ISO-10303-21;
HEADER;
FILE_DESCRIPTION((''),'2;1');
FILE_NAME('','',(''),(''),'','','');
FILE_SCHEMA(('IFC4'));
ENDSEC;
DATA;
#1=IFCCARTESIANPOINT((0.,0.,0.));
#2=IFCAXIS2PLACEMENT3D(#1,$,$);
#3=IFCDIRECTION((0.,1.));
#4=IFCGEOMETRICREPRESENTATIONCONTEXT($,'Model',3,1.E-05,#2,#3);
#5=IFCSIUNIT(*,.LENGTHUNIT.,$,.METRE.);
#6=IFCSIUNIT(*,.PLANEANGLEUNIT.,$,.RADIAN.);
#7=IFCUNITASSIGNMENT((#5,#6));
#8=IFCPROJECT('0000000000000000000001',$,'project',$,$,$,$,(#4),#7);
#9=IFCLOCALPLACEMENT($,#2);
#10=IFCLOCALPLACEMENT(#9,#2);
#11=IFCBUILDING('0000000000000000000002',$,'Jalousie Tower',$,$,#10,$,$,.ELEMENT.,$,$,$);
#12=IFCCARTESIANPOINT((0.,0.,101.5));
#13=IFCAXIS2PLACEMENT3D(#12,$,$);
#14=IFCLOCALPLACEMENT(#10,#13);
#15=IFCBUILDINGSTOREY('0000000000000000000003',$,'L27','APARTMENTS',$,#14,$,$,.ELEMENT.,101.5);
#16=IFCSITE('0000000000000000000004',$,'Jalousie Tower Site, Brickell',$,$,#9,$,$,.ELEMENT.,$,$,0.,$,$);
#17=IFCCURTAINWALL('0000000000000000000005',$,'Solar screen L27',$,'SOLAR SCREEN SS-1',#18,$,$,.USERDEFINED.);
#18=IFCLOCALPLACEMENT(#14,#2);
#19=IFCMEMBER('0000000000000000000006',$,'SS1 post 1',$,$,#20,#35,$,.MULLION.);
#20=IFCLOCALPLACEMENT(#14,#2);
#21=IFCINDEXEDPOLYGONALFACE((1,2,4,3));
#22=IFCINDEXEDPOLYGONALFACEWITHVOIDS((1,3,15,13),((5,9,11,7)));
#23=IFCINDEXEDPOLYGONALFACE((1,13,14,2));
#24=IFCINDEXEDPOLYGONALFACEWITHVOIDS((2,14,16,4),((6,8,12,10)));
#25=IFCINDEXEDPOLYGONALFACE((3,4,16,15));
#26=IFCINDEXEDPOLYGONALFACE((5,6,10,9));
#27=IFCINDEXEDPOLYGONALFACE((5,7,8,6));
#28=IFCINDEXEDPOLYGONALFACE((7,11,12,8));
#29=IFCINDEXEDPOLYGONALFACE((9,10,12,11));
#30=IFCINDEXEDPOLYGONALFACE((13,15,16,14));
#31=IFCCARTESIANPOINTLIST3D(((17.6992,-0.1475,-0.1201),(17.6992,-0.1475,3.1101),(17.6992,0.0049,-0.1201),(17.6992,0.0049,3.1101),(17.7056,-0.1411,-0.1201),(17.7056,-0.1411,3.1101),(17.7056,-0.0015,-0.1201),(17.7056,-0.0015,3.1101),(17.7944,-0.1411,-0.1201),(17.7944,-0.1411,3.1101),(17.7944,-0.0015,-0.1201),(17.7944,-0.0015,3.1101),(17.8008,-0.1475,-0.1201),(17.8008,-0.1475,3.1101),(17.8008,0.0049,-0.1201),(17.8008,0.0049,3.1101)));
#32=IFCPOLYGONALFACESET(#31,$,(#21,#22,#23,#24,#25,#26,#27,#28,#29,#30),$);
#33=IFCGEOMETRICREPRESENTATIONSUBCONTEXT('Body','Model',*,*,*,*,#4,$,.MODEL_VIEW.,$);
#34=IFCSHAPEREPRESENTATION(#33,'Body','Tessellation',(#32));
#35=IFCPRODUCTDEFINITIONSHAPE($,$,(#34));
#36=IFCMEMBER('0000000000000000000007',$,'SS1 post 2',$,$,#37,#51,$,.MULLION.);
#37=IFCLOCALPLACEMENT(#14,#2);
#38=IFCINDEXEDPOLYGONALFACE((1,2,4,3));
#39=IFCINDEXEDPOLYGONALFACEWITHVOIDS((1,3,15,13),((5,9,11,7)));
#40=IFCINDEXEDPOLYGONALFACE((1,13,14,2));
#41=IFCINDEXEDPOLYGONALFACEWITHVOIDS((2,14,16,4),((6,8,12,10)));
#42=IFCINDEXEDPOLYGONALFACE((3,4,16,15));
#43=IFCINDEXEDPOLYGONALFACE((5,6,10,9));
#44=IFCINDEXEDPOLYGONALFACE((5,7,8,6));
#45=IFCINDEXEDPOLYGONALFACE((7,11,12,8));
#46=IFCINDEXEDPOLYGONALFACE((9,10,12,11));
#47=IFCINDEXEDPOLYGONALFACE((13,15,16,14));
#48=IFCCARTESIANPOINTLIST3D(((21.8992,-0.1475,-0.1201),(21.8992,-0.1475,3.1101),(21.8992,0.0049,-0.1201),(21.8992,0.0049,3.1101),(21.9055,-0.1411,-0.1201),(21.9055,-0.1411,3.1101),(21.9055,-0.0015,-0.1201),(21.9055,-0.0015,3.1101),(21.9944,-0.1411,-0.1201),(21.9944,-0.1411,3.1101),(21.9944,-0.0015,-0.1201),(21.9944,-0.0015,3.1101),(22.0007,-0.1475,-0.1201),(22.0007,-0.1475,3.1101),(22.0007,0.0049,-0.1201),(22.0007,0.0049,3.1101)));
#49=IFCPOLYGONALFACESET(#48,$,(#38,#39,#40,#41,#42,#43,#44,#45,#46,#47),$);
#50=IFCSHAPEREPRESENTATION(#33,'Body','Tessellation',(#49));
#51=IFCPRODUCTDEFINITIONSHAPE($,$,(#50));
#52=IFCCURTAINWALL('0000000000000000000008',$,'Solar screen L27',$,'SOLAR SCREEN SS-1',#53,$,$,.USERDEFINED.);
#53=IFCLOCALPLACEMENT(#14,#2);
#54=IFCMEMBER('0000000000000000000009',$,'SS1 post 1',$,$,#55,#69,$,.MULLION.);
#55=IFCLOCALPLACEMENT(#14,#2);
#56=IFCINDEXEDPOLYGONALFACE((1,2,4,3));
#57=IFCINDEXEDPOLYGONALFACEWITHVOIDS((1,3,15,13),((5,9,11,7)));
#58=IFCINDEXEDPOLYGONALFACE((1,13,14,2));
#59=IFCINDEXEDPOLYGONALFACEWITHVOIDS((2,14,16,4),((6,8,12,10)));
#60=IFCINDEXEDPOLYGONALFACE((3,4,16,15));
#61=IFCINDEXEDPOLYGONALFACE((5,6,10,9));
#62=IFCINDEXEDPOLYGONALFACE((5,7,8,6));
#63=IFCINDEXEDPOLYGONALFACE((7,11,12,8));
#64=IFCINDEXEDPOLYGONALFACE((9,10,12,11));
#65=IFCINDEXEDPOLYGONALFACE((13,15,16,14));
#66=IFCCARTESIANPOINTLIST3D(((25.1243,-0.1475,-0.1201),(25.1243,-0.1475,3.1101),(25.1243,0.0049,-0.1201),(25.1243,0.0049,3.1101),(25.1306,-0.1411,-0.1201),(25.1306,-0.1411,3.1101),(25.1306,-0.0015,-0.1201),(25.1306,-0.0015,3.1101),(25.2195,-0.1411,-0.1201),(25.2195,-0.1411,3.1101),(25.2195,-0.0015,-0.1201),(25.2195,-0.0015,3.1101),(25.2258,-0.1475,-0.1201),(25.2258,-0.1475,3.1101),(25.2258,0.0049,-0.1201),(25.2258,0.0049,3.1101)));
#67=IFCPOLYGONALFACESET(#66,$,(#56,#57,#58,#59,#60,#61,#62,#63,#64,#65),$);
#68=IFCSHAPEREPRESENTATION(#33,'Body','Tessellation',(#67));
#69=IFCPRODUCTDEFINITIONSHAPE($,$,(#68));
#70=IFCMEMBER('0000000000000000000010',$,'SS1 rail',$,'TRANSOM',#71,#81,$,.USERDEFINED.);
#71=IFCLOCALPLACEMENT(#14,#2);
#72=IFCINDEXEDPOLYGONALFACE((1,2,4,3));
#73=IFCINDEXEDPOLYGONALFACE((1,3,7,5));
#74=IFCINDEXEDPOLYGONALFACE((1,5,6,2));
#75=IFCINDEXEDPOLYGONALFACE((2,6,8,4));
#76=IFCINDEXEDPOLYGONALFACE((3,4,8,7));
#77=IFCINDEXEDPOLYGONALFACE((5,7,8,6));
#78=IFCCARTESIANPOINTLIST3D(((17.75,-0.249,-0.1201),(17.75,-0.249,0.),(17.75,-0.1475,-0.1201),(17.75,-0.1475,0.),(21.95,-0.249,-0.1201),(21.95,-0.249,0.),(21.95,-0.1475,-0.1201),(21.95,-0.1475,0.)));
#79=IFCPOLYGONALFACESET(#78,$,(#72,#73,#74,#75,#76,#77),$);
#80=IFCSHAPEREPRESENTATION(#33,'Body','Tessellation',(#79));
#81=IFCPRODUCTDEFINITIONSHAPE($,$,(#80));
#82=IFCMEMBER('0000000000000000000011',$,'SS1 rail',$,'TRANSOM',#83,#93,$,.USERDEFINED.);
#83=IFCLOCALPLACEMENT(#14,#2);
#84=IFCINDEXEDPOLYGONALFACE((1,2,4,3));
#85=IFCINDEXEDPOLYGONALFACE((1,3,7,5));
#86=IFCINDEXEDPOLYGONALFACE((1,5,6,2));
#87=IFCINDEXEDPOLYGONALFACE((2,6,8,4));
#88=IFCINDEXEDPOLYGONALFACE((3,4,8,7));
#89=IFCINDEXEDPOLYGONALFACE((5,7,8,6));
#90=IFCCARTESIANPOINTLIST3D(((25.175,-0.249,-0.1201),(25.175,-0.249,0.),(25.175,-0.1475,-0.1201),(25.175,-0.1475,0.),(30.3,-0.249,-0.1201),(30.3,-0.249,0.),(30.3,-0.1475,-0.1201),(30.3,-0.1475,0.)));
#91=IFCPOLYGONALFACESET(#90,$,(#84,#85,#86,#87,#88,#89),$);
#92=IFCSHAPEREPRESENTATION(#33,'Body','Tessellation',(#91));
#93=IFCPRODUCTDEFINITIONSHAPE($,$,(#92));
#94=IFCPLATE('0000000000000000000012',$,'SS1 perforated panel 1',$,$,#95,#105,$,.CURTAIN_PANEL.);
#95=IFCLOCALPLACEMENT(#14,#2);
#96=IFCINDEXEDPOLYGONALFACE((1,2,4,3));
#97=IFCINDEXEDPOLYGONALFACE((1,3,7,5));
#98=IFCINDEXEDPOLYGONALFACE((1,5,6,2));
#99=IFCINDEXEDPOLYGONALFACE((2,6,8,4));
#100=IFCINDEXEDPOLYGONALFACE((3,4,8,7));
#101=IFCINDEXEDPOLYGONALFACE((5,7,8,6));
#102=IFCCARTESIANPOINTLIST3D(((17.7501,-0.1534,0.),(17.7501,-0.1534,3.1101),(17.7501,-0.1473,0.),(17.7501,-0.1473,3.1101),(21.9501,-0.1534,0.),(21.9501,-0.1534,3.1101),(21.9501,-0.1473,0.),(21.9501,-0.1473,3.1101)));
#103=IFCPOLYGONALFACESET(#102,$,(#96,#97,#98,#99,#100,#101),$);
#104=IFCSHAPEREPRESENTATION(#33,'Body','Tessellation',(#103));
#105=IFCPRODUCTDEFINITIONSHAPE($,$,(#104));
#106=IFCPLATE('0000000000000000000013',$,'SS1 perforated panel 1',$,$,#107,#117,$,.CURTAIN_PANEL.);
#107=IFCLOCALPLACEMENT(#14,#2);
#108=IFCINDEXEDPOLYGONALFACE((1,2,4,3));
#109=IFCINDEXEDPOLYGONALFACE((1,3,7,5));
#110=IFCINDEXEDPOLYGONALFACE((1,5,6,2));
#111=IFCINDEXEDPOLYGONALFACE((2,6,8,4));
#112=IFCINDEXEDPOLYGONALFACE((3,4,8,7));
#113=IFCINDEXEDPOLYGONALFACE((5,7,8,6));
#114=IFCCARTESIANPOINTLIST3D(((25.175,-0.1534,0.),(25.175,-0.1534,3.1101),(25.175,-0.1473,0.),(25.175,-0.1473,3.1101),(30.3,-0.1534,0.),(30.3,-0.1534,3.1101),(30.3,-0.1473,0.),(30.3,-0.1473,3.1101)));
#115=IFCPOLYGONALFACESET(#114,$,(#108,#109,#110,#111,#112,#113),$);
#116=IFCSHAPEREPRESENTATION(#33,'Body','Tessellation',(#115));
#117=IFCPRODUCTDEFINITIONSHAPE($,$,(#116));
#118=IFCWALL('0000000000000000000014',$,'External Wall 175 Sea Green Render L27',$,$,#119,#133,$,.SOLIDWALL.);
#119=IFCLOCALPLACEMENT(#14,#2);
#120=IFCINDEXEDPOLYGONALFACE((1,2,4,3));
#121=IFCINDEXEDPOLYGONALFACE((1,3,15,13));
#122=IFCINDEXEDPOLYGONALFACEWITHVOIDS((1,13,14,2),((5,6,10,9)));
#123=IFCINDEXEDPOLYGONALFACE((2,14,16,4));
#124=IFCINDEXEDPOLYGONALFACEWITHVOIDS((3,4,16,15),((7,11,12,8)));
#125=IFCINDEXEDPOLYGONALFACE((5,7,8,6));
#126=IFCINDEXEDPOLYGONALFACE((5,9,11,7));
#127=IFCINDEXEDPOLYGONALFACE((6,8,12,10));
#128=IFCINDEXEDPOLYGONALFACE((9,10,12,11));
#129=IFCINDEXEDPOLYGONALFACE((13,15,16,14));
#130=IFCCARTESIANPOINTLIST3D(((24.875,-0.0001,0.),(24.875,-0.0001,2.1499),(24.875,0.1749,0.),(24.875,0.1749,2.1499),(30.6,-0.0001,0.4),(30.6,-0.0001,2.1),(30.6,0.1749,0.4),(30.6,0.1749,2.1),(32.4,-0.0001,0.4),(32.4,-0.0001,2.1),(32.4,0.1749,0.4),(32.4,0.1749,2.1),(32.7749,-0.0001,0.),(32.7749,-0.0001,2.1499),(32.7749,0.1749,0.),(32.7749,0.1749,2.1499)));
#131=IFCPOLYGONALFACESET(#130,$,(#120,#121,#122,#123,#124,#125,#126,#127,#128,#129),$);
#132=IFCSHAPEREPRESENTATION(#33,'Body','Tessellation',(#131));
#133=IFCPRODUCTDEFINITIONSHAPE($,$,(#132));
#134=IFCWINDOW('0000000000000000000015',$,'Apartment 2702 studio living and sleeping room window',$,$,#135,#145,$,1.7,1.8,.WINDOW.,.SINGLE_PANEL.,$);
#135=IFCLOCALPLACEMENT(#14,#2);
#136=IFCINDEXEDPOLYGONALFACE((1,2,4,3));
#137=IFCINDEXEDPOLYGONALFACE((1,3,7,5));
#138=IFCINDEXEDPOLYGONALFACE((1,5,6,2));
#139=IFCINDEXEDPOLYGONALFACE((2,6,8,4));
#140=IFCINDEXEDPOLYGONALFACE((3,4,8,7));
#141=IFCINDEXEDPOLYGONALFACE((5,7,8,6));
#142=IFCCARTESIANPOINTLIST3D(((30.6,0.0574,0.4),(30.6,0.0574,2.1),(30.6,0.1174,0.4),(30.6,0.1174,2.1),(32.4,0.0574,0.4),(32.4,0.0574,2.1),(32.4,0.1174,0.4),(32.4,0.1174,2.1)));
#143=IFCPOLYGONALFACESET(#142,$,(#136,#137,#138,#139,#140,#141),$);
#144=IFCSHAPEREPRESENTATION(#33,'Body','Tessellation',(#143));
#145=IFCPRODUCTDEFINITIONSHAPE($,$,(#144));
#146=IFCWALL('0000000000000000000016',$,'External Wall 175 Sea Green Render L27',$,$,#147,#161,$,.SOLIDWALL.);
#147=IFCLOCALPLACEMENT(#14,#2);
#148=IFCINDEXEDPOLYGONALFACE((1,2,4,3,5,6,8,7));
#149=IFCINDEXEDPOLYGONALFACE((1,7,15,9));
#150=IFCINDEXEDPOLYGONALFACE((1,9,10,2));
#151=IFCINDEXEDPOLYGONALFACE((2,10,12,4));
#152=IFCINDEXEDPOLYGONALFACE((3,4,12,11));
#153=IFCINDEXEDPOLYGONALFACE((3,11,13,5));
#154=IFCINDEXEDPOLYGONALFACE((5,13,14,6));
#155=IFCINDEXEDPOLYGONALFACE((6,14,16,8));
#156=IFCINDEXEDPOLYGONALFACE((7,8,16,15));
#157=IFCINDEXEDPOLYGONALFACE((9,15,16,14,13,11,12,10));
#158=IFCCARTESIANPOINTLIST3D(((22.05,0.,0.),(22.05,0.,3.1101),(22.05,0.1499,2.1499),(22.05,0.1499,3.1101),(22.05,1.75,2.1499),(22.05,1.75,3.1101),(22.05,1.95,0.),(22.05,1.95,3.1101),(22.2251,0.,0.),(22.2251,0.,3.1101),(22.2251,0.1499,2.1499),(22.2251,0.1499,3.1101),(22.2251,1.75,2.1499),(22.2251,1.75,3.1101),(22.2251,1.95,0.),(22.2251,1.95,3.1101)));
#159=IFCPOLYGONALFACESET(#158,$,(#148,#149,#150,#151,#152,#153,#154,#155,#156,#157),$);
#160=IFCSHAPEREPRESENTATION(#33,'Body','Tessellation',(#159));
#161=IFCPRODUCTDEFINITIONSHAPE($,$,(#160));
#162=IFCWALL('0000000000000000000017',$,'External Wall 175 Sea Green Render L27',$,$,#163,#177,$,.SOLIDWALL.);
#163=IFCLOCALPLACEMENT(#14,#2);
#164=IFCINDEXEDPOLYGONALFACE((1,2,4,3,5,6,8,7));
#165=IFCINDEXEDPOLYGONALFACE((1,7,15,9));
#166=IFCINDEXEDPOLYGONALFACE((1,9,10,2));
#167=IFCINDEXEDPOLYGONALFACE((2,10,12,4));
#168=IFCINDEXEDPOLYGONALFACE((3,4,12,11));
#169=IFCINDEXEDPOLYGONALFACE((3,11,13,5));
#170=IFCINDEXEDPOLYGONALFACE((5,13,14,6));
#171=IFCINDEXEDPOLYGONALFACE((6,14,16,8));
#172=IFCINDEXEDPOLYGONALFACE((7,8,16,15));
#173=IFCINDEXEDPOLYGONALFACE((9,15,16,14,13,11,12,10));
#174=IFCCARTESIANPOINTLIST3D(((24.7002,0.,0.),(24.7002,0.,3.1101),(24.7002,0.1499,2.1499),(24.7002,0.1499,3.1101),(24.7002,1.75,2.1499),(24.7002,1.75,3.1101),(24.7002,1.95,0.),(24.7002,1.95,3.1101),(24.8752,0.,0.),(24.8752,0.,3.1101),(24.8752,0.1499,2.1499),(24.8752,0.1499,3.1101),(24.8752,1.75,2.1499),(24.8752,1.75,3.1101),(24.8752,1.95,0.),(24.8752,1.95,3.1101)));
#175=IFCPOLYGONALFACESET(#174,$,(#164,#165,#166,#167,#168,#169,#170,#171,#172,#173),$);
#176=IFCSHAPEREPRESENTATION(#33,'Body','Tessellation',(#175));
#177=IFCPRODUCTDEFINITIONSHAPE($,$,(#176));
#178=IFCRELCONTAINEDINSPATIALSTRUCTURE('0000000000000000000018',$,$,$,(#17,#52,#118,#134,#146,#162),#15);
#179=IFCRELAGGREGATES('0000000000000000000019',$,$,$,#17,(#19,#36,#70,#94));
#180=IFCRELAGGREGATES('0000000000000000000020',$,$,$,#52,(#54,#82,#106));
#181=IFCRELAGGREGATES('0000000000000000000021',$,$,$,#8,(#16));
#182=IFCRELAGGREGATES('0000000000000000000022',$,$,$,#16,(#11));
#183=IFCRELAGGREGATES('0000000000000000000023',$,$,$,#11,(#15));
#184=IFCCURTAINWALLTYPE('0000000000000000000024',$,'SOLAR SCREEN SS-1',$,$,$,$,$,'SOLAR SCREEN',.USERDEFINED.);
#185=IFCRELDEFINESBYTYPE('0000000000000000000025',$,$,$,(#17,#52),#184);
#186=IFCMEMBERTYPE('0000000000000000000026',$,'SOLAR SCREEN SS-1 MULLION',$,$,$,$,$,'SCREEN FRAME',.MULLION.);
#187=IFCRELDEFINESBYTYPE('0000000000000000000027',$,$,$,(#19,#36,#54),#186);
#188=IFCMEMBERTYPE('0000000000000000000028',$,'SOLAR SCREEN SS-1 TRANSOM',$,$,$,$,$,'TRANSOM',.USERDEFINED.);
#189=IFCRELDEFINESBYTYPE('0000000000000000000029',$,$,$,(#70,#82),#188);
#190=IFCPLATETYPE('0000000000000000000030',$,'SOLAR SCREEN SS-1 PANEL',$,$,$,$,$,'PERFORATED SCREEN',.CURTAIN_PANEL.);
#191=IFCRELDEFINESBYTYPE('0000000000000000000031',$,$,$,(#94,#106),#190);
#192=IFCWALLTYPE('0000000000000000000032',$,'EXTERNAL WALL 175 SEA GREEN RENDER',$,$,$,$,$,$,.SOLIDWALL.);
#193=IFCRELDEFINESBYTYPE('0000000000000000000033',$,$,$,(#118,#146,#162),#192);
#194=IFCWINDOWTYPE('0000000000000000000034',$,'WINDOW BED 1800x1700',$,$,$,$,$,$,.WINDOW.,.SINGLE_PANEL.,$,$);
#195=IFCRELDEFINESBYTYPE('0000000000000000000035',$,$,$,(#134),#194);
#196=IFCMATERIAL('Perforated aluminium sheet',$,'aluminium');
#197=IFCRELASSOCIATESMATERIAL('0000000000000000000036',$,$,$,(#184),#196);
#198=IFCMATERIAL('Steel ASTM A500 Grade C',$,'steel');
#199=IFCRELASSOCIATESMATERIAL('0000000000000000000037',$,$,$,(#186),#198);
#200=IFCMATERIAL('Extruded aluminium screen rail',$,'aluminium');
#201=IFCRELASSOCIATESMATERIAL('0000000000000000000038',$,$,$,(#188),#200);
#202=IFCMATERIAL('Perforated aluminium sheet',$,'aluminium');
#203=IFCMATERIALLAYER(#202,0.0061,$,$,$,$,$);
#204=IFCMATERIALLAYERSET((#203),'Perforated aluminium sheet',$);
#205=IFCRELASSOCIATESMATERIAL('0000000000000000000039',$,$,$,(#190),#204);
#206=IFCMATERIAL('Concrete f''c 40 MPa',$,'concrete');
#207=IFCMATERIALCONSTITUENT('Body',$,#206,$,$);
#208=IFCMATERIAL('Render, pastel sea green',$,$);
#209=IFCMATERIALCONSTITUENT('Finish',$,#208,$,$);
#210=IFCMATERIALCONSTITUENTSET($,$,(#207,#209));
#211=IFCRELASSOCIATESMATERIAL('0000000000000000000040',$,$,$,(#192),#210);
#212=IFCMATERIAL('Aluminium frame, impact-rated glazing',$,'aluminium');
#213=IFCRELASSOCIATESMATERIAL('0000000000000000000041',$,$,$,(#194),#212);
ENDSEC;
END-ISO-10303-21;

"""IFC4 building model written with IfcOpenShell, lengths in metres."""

from ifc_helpers import new_model, si_unit, direction, frame, frame_2d, origin, origin_2d, place, context, subcontext, project, spatial, polyline, rectangle, hollow_rectangle, outline, extrude, material, layer, layer_set, constituent, constituent_set, material_profile, profile_set, type_object, element, fill, aggregate, save


model = new_model("IFC4")

# Units and contexts
model_context = context("Model", 3, precision=1e-05, world=origin(), true_north=direction((0.0, 1.0)))
body_context = subcontext(model_context, "Body", "Model", "MODEL_VIEW")
ifc_project = project(units=[si_unit("LENGTHUNIT", "METRE"), si_unit("PLANEANGLEUNIT", "RADIAN")], contexts=[model_context])

# Site, building, storey
site_placement = place(None, origin())
site = spatial("IfcSite", under=ifc_project, at=site_placement, Name="Jalousie Tower Site, Brickell", CompositionType="ELEMENT", RefElevation=0.0)
building_placement = place(site_placement, origin())
building = spatial("IfcBuilding", under=site, at=building_placement, Name="Jalousie Tower", CompositionType="ELEMENT")
storey_placement = place(building_placement, frame((0.0, 0.0, 101.5)))
storey = spatial("IfcBuildingStorey", under=building, at=storey_placement, Name="L27", Description="APARTMENTS", CompositionType="ELEMENT", Elevation=101.5)

# Shared definitions
ifc_material_1 = material(Name="Perforated aluminium sheet", Category="aluminium")
curtain_wall_type = type_object("IfcCurtainWallType", Name="SOLAR SCREEN SS-1", ElementType="SOLAR SCREEN", PredefinedType="USERDEFINED", material=ifc_material_1)
ifc_material_2 = material(Name="Steel ASTM A500 Grade C", Category="steel")
ifc_material_profile_1 = material_profile(ifc_material_2, hollow_rectangle(XDim=0.1016, YDim=0.1523, WallThickness=0.0063, at=origin_2d()), Name="HSS6X4X1/4")
ifc_profile_set_1 = profile_set([ifc_material_profile_1], Name="Steel ASTM A500 Grade C")
member_type_1 = type_object("IfcMemberType", Name="SOLAR SCREEN SS-1 MULLION", ElementType="SCREEN FRAME", PredefinedType="MULLION", material=ifc_profile_set_1)

# Curtain wall, members
curtain_wall_1_placement = place(storey_placement, origin())
curtain_wall_1 = element("IfcCurtainWall", 1, at=curtain_wall_1_placement, inside=storey, type_object=curtain_wall_type, Name="Solar screen L27", ObjectType="SOLAR SCREEN SS-1", PredefinedType="USERDEFINED")
member_1_placement = place(storey_placement, frame((17.75, -0.0713, -0.1201), z_axis=(0.0, 0.0, 1.0), x_axis=(1.0, 0.0, 0.0)))
member_1 = element("IfcMember", 2, at=member_1_placement, type_object=member_type_1, Name="SS1 post 1", PredefinedType="MULLION", context=body_context, shape_type="SweptSolid", body=[
    extrude(hollow_rectangle(XDim=0.1016, YDim=0.1523, WallThickness=0.0063, at=origin_2d()), origin(), (0.0, 0.0, 1.0), 3.2302),
])
member_2_placement = place(storey_placement, frame((21.95, -0.0713, -0.1201), z_axis=(0.0, 0.0, 1.0), x_axis=(1.0, 0.0, 0.0)))
member_2 = element("IfcMember", 3, at=member_2_placement, type_object=member_type_1, Name="SS1 post 2", PredefinedType="MULLION", context=body_context, shape_type="SweptSolid", body=[
    extrude(hollow_rectangle(XDim=0.1016, YDim=0.1523, WallThickness=0.0063, at=origin_2d()), origin(), (0.0, 0.0, 1.0), 3.2302),
])

# Curtain wall, member
curtain_wall_2_placement = place(storey_placement, origin())
curtain_wall_2 = element("IfcCurtainWall", 4, at=curtain_wall_2_placement, inside=storey, type_object=curtain_wall_type, Name="Solar screen L27", ObjectType="SOLAR SCREEN SS-1", PredefinedType="USERDEFINED")
member_3_placement = place(storey_placement, frame((25.175, -0.0713, -0.1201), z_axis=(0.0, 0.0, 1.0), x_axis=(1.0, 0.0, 0.0)))
member_3 = element("IfcMember", 5, at=member_3_placement, type_object=member_type_1, Name="SS1 post 1", PredefinedType="MULLION", context=body_context, shape_type="SweptSolid", body=[
    extrude(hollow_rectangle(XDim=0.1016, YDim=0.1523, WallThickness=0.0063, at=origin_2d()), origin(), (0.0, 0.0, 1.0), 3.2302),
])

# Members
ifc_material_3 = material(Name="Extruded aluminium screen rail", Category="aluminium")
ifc_material_profile_2 = material_profile(ifc_material_3, rectangle(XDim=0.1016, YDim=0.1201, at=origin_2d()), Name="RAIL 102x120")
ifc_profile_set_2 = profile_set([ifc_material_profile_2], Name="Extruded aluminium screen rail")
member_type_2 = type_object("IfcMemberType", Name="SOLAR SCREEN SS-1 TRANSOM", ElementType="TRANSOM", PredefinedType="USERDEFINED", material=ifc_profile_set_2)
member_4_placement = place(storey_placement, frame((17.75, -0.1982, -0.0601), z_axis=(1.0, 0.0, 0.0), x_axis=(0.0, 1.0, 0.0)))
member_4 = element("IfcMember", 6, at=member_4_placement, type_object=member_type_2, Name="SS1 rail", ObjectType="TRANSOM", PredefinedType="USERDEFINED", context=body_context, shape_type="SweptSolid", body=[
    extrude(rectangle(XDim=0.1016, YDim=0.1201, at=origin_2d()), origin(), (0.0, 0.0, 1.0), 4.2),
])
member_5_placement = place(storey_placement, frame((25.175, -0.1982, -0.0601), z_axis=(1.0, 0.0, 0.0), x_axis=(0.0, 1.0, 0.0)))
member_5 = element("IfcMember", 7, at=member_5_placement, type_object=member_type_2, Name="SS1 rail", ObjectType="TRANSOM", PredefinedType="USERDEFINED", context=body_context, shape_type="SweptSolid", body=[
    extrude(rectangle(XDim=0.1016, YDim=0.1201, at=origin_2d()), origin(), (0.0, 0.0, 1.0), 5.125),
])

# Plates
ifc_material_4 = material(Name="Perforated aluminium sheet", Category="aluminium")
ifc_layer_1 = layer(ifc_material_4, 0.0061)
ifc_layer_set_1 = layer_set([ifc_layer_1], Name="Perforated aluminium sheet")
plate_type = type_object("IfcPlateType", Name="SOLAR SCREEN SS-1 PANEL", ElementType="PERFORATED SCREEN", PredefinedType="CURTAIN_PANEL", material=ifc_layer_set_1)
plate_1_placement = place(storey_placement, frame((19.8501, -0.1504, 0.0), z_axis=(0.0, 0.0, 1.0), x_axis=(1.0, 0.0, 0.0)))
plate_1 = element("IfcPlate", 8, at=plate_1_placement, type_object=plate_type, Name="SS1 perforated panel 1", PredefinedType="CURTAIN_PANEL", context=body_context, shape_type="SweptSolid", body=[
    extrude(rectangle(XDim=4.2, YDim=0.0061, at=origin_2d()), origin(), (0.0, 0.0, 1.0), 3.1101),
])
aggregate(curtain_wall_1, [member_1, member_2, member_4, plate_1])
plate_2_placement = place(storey_placement, frame((27.7375, -0.1504, 0.0), z_axis=(0.0, 0.0, 1.0), x_axis=(1.0, 0.0, 0.0)))
plate_2 = element("IfcPlate", 9, at=plate_2_placement, type_object=plate_type, Name="SS1 perforated panel 1", PredefinedType="CURTAIN_PANEL", context=body_context, shape_type="SweptSolid", body=[
    extrude(rectangle(XDim=5.125, YDim=0.0061, at=origin_2d()), origin(), (0.0, 0.0, 1.0), 3.1101),
])
aggregate(curtain_wall_2, [member_3, member_5, plate_2])

# Wall, opening, window
ifc_material_5 = material(Name="Concrete f'c 40 MPa", Category="concrete")
ifc_constituent_1 = constituent(ifc_material_5, Name="Body")
ifc_material_6 = material(Name="Render, pastel sea green")
ifc_constituent_2 = constituent(ifc_material_6, Name="Finish")
ifc_constituent_set_1 = constituent_set(constituents=[ifc_constituent_1, ifc_constituent_2])
wall_type_1 = type_object("IfcWallType", Name="EXTERNAL WALL 175 SEA GREEN RENDER", PredefinedType="SOLIDWALL", material=ifc_constituent_set_1)
wall_1_placement = place(storey_placement, frame((24.875, 0.0874, 0.0), z_axis=(0.0, 0.0, 1.0), x_axis=(1.0, 0.0, 0.0)))
wall_1 = element("IfcWall", 10, at=wall_1_placement, inside=storey, type_object=wall_type_1, Name="External Wall 175 Sea Green Render L27", PredefinedType="SOLIDWALL", context=body_context, shape_type="SweptSolid", body=[
    extrude(rectangle(XDim=7.8999, YDim=0.175, at=frame_2d((3.95, 0.0))), origin(), (0.0, 0.0, 1.0), 2.1499),
])
opening_1_placement = place(wall_1_placement, frame((5.7251, 0.0, 0.3999)))
opening_1 = element("IfcOpeningElement", 11, at=opening_1_placement, cuts=wall_1, PredefinedType="OPENING", context=body_context, shape_type="SweptSolid", body=[
    extrude(rectangle(XDim=1.8, YDim=1.7, at=frame_2d((0.8999, 0.8501))), frame((0.0, 0.0974, 0.0), z_axis=(0.0, -1.0, 0.0), x_axis=(1.0, 0.0, 0.0)), (0.0, 0.0, 1.0), 0.1951),
])
ifc_material_7 = material(Name="Aluminium frame, impact-rated glazing", Category="aluminium")
window_type = type_object("IfcWindowType", Name="WINDOW BED 1800x1700", PartitioningType="SINGLE_PANEL", PredefinedType="WINDOW", material=ifc_material_7)
window_placement = place(opening_1_placement, origin())
window = element("IfcWindow", 12, at=window_placement, inside=storey, type_object=window_type, Name="Apartment 2702 studio living and sleeping room window", OverallHeight=1.7, OverallWidth=1.8, PartitioningType="SINGLE_PANEL", PredefinedType="WINDOW", context=body_context, shape_type="SweptSolid", body=[
    extrude(rectangle(XDim=1.8, YDim=1.7, at=frame_2d((0.8999, 0.8501))), frame((0.0, 0.03, 0.0), z_axis=(0.0, -1.0, 0.0), x_axis=(1.0, 0.0, 0.0)), (0.0, 0.0, 1.0), 0.0601),
])
fill(opening_1, window)

# Walls
for number, where, z_axis, x_axis, name in (
    (13, (22.1375, 0.0, 0.0), (0.0, 0.0, 1.0), (0.0, 1.0, 0.0), "External Wall 175 Sea Green Render L27"),
    (14, (24.7876, 0.0, 0.0), (0.0, 0.0, 1.0), (0.0, 1.0, 0.0), "External Wall 175 Sea Green Render L27"),
):
    element("IfcWall", number, at=place(storey_placement, frame(where, z_axis=z_axis, x_axis=x_axis)), inside=storey, type_object=wall_type_1, Name=name, PredefinedType="SOLIDWALL", context=body_context, shape_type="SweptSolid", body=[
        extrude(outline(polyline([(0.0, 0.0), (1.95, 0.0), (1.95, 3.1101), (1.75, 3.1101), (1.75, 2.1499), (0.1499, 2.1499), (0.1499, 3.1101), (0.0, 3.1101), (0.0, 0.0)])), frame((0.0, 0.0874, 0.0), z_axis=(0.0, -1.0, 0.0), x_axis=(1.0, 0.0, 0.0)), (0.0, 0.0, 1.0), 0.175),
    ])

save(model, "model.ifc")
